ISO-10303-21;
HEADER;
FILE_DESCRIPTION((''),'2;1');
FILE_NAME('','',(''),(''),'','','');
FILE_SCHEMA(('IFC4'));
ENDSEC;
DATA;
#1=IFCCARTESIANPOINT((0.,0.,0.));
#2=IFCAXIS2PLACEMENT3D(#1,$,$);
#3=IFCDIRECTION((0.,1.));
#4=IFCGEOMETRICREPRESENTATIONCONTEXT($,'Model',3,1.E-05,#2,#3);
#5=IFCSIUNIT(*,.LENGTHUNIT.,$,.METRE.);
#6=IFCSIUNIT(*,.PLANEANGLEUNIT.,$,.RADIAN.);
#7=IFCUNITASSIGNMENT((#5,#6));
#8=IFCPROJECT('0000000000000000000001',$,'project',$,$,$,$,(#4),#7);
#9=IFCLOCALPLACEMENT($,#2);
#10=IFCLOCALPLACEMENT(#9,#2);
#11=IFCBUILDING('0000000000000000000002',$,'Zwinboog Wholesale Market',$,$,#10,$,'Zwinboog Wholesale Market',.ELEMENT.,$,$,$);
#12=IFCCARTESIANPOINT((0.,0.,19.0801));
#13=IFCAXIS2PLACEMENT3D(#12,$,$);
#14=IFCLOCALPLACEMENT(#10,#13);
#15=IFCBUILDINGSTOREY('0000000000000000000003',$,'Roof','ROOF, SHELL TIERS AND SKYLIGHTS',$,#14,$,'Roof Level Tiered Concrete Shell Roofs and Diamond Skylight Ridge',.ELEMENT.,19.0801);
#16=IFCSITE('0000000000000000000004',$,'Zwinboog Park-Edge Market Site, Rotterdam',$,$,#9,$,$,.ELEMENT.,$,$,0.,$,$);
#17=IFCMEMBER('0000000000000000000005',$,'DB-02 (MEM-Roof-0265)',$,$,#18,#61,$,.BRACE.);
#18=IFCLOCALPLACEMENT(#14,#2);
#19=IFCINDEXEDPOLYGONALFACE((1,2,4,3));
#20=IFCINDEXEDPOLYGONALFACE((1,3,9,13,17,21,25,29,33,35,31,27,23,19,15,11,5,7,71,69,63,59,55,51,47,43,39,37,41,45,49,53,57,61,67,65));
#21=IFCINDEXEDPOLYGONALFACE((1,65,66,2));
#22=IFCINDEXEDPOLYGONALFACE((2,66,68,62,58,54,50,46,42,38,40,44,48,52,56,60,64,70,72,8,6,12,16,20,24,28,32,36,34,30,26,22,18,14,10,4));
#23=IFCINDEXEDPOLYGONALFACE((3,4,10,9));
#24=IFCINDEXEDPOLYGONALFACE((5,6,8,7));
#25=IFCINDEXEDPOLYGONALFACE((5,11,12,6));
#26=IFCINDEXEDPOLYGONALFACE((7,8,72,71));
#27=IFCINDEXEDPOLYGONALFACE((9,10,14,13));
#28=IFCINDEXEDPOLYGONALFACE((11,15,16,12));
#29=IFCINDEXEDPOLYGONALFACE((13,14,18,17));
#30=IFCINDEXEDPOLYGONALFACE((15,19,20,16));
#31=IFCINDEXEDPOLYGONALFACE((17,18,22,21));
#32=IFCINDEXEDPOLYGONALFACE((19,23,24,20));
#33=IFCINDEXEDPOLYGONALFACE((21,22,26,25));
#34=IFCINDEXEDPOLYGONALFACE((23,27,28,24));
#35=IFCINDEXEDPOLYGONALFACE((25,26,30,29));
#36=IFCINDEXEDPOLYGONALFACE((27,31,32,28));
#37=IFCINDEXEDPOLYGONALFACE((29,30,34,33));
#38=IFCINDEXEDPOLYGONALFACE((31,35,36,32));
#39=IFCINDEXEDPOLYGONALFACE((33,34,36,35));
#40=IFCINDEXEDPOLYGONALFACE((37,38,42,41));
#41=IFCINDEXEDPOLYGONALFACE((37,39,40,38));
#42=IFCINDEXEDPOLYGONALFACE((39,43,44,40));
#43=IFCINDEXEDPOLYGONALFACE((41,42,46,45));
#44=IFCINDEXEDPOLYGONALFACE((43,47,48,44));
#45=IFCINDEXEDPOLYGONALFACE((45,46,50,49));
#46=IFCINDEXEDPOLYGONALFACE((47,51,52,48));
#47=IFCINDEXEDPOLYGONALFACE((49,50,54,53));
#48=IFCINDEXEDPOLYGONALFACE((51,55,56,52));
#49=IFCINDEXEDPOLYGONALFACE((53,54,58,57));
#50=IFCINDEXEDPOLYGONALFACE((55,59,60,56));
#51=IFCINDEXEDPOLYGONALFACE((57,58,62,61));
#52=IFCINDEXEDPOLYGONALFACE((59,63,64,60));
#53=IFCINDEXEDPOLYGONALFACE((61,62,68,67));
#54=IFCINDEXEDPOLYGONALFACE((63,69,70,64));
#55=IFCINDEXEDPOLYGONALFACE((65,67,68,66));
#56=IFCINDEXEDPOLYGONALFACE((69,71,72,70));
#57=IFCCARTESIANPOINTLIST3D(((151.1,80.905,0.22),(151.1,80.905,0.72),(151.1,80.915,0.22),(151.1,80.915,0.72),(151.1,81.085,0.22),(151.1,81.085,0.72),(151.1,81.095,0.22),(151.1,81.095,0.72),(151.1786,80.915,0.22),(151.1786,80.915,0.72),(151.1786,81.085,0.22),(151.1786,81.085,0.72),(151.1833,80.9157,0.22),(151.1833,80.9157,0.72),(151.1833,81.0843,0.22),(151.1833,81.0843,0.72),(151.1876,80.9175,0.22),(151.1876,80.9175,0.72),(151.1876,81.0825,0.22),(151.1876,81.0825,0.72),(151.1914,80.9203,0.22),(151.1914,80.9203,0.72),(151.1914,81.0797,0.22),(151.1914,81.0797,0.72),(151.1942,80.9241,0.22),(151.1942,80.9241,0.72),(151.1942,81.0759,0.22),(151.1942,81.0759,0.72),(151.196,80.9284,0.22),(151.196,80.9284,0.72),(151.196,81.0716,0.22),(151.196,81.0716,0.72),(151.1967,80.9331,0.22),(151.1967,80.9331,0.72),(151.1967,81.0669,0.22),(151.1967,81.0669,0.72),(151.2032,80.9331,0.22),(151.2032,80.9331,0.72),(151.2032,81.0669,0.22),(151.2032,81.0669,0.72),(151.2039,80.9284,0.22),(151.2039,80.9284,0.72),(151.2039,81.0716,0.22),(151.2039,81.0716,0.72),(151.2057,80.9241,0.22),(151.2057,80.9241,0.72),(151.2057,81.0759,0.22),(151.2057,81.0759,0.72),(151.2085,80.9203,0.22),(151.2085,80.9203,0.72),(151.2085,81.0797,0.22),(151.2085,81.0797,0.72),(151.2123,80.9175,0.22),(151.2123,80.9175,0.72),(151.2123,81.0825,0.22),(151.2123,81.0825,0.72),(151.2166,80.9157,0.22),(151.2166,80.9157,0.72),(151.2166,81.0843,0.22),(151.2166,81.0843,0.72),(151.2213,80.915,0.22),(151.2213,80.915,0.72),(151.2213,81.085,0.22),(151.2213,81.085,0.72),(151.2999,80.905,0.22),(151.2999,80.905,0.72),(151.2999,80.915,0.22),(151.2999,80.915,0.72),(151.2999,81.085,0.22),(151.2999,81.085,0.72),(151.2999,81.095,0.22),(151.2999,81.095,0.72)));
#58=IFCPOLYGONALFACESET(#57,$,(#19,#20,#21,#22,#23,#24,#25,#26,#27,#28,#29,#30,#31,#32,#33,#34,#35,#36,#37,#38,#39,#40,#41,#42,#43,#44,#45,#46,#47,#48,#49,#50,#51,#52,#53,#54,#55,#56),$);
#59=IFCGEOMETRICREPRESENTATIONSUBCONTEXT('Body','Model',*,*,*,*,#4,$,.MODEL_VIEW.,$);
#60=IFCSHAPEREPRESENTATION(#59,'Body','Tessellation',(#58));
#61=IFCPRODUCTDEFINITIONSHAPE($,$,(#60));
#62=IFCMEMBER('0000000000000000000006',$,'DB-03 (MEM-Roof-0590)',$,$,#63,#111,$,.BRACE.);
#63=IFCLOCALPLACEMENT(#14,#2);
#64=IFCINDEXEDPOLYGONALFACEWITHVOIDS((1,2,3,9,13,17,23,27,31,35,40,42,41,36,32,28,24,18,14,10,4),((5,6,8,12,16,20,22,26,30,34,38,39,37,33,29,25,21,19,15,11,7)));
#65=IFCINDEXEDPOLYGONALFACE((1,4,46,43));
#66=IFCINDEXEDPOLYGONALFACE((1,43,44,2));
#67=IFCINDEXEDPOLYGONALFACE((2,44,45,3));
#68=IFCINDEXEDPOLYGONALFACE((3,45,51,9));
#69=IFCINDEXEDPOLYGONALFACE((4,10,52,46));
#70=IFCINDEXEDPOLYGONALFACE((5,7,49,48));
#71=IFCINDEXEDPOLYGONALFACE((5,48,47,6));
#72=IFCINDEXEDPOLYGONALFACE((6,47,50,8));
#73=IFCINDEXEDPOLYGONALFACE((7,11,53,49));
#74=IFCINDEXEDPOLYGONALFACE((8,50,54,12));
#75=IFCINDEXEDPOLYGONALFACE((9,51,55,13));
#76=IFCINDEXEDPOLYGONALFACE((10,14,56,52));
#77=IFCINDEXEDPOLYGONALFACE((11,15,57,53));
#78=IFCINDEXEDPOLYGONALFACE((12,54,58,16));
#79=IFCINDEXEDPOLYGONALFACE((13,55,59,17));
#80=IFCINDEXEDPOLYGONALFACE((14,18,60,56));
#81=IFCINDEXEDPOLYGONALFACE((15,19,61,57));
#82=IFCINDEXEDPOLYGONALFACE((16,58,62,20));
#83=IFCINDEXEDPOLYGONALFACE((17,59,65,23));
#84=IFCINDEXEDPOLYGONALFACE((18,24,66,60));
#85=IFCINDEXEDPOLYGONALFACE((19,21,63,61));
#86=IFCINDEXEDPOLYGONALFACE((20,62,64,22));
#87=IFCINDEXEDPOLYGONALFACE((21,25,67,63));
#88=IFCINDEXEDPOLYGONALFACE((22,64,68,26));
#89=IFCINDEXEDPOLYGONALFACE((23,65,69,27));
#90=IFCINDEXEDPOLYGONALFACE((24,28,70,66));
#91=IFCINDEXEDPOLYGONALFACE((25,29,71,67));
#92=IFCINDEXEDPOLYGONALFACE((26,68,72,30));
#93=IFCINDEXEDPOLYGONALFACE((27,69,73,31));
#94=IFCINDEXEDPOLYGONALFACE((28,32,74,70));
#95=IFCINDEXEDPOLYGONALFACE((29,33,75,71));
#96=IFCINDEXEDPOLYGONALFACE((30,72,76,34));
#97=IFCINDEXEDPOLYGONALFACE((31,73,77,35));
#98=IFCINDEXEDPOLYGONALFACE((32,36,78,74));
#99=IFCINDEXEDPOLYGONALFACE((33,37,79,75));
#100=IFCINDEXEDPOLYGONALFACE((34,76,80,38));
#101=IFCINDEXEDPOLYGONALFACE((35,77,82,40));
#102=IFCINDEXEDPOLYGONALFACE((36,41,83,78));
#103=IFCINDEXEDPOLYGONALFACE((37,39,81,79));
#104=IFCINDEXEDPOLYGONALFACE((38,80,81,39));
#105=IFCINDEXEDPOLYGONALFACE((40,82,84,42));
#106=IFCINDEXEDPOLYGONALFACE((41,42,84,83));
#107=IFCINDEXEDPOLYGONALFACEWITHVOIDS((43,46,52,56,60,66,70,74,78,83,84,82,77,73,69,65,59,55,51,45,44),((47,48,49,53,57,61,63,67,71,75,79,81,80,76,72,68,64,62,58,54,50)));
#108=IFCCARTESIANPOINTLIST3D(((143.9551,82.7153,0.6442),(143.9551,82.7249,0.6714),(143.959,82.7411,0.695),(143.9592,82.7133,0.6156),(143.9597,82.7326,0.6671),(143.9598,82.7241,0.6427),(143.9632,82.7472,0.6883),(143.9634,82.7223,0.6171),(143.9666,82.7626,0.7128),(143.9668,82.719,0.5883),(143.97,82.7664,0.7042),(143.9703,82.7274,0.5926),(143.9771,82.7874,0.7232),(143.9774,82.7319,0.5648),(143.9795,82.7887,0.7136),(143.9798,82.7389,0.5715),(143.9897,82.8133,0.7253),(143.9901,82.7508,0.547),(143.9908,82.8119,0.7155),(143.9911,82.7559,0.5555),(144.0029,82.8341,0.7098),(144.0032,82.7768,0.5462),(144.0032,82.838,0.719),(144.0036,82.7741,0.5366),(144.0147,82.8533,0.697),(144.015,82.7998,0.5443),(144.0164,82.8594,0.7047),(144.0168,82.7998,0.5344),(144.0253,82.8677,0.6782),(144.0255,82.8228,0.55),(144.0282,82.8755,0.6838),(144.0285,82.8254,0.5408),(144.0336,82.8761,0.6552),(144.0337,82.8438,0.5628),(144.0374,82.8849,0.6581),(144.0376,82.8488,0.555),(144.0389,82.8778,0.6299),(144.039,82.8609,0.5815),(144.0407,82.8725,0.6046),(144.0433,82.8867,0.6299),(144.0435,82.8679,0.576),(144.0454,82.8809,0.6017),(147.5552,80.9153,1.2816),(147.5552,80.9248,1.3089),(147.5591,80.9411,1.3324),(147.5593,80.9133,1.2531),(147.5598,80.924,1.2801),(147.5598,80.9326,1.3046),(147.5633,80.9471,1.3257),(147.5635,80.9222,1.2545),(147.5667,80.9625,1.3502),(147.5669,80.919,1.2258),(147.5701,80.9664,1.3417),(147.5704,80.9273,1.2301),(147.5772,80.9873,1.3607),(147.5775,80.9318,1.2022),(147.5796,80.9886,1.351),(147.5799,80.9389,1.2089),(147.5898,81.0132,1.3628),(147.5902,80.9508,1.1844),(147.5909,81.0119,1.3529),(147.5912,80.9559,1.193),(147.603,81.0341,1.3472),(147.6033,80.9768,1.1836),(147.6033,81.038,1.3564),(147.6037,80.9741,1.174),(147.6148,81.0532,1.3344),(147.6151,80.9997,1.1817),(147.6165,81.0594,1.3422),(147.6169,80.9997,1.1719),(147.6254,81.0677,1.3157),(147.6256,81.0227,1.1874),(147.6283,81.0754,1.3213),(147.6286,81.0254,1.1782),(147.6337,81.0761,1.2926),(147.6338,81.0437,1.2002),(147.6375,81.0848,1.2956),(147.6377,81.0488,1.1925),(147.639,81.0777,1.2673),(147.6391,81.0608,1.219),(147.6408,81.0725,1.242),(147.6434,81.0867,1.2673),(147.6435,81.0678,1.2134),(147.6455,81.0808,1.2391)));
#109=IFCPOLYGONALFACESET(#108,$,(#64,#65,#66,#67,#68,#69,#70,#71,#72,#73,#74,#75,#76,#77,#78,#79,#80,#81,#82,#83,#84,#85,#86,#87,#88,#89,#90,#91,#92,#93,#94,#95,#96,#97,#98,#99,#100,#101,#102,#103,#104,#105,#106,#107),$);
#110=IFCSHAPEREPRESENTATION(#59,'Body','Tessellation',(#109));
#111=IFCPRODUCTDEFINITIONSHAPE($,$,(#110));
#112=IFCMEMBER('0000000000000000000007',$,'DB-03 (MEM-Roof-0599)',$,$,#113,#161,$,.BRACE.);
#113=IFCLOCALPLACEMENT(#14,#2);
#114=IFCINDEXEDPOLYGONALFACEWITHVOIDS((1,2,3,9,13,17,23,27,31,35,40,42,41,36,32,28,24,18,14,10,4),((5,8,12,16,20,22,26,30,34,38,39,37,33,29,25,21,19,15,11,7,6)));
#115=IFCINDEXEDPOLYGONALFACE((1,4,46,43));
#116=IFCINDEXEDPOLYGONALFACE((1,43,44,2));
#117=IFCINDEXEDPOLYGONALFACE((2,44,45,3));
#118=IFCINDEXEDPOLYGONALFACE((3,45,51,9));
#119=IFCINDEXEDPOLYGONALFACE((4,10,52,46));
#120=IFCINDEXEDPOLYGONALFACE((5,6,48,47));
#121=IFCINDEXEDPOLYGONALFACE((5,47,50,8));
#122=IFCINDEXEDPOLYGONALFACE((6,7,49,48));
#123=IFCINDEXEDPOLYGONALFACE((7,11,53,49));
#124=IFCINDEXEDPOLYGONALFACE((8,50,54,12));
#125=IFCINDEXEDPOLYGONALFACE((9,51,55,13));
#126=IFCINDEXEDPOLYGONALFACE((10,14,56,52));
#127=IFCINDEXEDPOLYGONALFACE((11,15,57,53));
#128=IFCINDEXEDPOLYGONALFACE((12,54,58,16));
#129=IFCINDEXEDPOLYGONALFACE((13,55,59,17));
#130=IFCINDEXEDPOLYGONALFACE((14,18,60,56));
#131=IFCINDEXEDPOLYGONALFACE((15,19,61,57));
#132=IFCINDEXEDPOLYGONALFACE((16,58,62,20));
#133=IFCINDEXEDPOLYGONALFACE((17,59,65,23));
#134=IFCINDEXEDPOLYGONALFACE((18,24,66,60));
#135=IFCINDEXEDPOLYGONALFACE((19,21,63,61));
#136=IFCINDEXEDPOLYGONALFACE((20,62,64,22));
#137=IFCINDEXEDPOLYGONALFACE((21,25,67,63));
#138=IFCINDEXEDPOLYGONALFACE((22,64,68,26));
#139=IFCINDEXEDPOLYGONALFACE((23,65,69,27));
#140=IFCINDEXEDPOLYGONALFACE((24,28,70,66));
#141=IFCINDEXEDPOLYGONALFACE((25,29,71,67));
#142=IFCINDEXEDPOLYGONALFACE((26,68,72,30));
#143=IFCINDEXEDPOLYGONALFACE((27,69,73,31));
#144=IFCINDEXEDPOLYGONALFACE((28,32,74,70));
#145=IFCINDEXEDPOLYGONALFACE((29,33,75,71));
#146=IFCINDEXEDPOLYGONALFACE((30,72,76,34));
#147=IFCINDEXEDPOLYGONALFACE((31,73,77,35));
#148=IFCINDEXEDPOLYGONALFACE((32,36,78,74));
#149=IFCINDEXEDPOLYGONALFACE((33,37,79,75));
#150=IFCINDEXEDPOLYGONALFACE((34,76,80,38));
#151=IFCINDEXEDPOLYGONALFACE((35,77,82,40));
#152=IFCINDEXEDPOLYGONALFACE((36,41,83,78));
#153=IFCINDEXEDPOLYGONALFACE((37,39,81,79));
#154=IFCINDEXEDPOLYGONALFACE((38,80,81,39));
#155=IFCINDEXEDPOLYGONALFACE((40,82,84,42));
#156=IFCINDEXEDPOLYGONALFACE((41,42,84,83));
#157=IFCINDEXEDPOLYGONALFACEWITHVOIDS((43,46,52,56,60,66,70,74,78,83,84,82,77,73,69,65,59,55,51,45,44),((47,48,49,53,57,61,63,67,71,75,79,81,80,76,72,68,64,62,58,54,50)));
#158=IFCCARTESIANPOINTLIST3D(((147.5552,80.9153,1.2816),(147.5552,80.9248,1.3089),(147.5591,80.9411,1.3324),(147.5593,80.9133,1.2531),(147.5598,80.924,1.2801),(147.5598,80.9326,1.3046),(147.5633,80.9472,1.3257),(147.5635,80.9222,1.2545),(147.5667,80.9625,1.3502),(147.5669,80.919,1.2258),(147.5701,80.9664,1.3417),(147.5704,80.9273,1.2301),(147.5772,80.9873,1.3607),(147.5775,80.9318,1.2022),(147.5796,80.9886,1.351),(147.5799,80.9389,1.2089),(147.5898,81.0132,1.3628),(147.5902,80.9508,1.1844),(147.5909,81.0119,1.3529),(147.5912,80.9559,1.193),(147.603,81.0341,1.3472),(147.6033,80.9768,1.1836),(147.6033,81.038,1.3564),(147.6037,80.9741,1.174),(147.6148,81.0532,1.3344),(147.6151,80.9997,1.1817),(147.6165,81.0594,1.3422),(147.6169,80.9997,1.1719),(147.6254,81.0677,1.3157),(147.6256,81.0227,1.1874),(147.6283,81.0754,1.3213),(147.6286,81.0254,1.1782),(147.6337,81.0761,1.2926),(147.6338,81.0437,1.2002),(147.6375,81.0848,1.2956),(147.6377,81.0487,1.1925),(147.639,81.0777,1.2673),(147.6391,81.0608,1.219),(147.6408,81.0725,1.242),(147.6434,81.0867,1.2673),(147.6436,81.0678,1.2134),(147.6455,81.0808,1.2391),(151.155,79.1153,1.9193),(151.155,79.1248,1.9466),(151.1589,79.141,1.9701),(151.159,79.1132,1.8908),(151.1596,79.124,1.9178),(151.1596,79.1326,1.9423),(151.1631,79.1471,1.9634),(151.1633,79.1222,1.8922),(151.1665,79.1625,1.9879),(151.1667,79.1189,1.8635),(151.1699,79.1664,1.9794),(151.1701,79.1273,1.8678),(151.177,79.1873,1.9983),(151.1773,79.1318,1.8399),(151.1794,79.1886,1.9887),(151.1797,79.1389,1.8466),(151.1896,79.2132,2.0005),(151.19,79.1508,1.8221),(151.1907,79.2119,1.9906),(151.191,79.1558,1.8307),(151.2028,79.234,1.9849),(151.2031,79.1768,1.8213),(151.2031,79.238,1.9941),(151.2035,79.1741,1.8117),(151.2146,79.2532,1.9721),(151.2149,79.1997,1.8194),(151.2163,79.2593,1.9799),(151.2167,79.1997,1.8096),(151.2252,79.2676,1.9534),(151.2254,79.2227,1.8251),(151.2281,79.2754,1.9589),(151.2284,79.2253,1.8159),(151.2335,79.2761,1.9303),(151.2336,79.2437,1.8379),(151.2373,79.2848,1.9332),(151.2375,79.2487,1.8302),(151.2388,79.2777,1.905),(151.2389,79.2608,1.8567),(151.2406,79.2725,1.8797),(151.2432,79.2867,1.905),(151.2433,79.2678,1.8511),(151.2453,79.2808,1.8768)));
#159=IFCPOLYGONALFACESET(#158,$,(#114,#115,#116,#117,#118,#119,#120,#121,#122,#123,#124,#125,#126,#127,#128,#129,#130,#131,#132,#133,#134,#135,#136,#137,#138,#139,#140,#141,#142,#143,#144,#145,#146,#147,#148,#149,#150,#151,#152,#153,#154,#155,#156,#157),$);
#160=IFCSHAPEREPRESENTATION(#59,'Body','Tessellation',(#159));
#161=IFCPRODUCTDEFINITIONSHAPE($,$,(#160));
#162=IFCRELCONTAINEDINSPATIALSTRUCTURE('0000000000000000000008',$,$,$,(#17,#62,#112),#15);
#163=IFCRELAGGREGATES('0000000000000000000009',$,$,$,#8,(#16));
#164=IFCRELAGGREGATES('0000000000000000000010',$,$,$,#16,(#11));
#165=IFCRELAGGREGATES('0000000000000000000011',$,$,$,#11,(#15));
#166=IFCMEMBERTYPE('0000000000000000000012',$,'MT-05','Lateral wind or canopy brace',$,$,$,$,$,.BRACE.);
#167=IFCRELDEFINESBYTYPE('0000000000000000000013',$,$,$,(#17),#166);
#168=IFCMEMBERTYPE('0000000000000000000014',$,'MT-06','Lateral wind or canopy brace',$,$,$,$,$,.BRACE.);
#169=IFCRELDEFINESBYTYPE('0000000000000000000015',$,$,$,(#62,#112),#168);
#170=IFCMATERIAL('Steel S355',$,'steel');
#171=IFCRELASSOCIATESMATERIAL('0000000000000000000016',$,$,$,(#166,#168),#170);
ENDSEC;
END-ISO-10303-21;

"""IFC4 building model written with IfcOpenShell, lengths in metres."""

from ifc_helpers import new_model, si_unit, direction, frame, origin, origin_2d, place, context, subcontext, project, spatial, hollow_circle, i_section, extrude, material, material_profile, profile_set, type_object, element, save


model = new_model("IFC4")

# Units and contexts
model_context = context("Model", 3, precision=1e-05, world=origin(), true_north=direction((0.0, 1.0)))
body_context = subcontext(model_context, "Body", "Model", "MODEL_VIEW")
ifc_project = project(units=[si_unit("LENGTHUNIT", "METRE"), si_unit("PLANEANGLEUNIT", "RADIAN")], contexts=[model_context])

# Site, building, storey
site_placement = place(None, origin())
site = spatial("IfcSite", under=ifc_project, at=site_placement, Name="Zwinboog Park-Edge Market Site, Rotterdam", CompositionType="ELEMENT", RefElevation=0.0)
building_placement = place(site_placement, origin())
building = spatial("IfcBuilding", under=site, at=building_placement, Name="Zwinboog Wholesale Market", LongName="Zwinboog Wholesale Market", CompositionType="ELEMENT")
storey_placement = place(building_placement, frame((0.0, 0.0, 19.0801)))
storey = spatial("IfcBuildingStorey", under=building, at=storey_placement, Name="Roof", Description="ROOF, SHELL TIERS AND SKYLIGHTS", LongName="Roof Level Tiered Concrete Shell Roofs and Diamond Skylight Ridge", CompositionType="ELEMENT", Elevation=19.0801)

# Members
ifc_material_1 = material(Name="Steel S355", Category="steel")
ifc_material_profile_1 = material_profile(ifc_material_1, i_section(OverallWidth=0.2, OverallDepth=0.1899, WebThickness=0.0066, FlangeThickness=0.01, FilletRadius=0.0181, at=origin_2d()), Name="HEA 200")
ifc_profile_set_1 = profile_set([ifc_material_profile_1], Name="Steel S355")
member_type_1 = type_object("IfcMemberType", Name="MT-05", Description="Lateral wind or canopy brace", PredefinedType="BRACE", material=ifc_profile_set_1)
member_1_placement = place(storey_placement, frame((151.2, 81.0, 0.22), z_axis=(0.0, 0.0, 1.0), x_axis=(1.0, 0.0, 0.0)))
element("IfcMember", 1, at=member_1_placement, inside=storey, type_object=member_type_1, Name="DB-02 (MEM-Roof-0265)", PredefinedType="BRACE", context=body_context, shape_type="SweptSolid", body=[
    extrude(i_section(OverallWidth=0.2, OverallDepth=0.1899, WebThickness=0.0066, FlangeThickness=0.01, FilletRadius=0.0181, at=origin_2d()), origin(), (0.0, 0.0, 1.0), 0.5),
])
ifc_material_profile_2 = material_profile(ifc_material_1, hollow_circle(Radius=0.0969, WallThickness=0.01, at=origin_2d()), Name="CHS 193.7x10")
ifc_profile_set_2 = profile_set([ifc_material_profile_2], Name="Steel S355")
member_type_2 = type_object("IfcMemberType", Name="MT-06", Description="Lateral wind or canopy brace", PredefinedType="BRACE", material=ifc_profile_set_2)
member_2_placement = place(storey_placement, frame((144.0, 82.8, 0.6299), z_axis=(0.883417, -0.441709, 0.156422), x_axis=(0.447214, 0.894427, 0.0)))
element("IfcMember", 2, at=member_2_placement, inside=storey, type_object=member_type_2, Name="DB-03 (MEM-Roof-0590)", PredefinedType="BRACE", context=body_context, shape_type="SweptSolid", body=[
    extrude(hollow_circle(Radius=0.0969, WallThickness=0.01, at=origin_2d()), origin(), (0.0, 0.0, 1.0), 4.0752),
])
for number, where, z_axis, x_axis, name in (
    (3, (147.6001, 81.0, 1.2673), (0.883396, -0.441728, 0.156489), (0.447238, 0.894415, 0.0), "DB-03 (MEM-Roof-0599)"),
):
    element("IfcMember", number, at=place(storey_placement, frame(where, z_axis=z_axis, x_axis=x_axis)), inside=storey, type_object=member_type_2, Name=name, PredefinedType="BRACE", context=body_context, shape_type="SweptSolid", body=[
        extrude(hollow_circle(Radius=0.0969, WallThickness=0.01, at=origin_2d()), origin(), (0.0, 0.0, 1.0), 4.075),
    ])

save(model, "model.ifc")
